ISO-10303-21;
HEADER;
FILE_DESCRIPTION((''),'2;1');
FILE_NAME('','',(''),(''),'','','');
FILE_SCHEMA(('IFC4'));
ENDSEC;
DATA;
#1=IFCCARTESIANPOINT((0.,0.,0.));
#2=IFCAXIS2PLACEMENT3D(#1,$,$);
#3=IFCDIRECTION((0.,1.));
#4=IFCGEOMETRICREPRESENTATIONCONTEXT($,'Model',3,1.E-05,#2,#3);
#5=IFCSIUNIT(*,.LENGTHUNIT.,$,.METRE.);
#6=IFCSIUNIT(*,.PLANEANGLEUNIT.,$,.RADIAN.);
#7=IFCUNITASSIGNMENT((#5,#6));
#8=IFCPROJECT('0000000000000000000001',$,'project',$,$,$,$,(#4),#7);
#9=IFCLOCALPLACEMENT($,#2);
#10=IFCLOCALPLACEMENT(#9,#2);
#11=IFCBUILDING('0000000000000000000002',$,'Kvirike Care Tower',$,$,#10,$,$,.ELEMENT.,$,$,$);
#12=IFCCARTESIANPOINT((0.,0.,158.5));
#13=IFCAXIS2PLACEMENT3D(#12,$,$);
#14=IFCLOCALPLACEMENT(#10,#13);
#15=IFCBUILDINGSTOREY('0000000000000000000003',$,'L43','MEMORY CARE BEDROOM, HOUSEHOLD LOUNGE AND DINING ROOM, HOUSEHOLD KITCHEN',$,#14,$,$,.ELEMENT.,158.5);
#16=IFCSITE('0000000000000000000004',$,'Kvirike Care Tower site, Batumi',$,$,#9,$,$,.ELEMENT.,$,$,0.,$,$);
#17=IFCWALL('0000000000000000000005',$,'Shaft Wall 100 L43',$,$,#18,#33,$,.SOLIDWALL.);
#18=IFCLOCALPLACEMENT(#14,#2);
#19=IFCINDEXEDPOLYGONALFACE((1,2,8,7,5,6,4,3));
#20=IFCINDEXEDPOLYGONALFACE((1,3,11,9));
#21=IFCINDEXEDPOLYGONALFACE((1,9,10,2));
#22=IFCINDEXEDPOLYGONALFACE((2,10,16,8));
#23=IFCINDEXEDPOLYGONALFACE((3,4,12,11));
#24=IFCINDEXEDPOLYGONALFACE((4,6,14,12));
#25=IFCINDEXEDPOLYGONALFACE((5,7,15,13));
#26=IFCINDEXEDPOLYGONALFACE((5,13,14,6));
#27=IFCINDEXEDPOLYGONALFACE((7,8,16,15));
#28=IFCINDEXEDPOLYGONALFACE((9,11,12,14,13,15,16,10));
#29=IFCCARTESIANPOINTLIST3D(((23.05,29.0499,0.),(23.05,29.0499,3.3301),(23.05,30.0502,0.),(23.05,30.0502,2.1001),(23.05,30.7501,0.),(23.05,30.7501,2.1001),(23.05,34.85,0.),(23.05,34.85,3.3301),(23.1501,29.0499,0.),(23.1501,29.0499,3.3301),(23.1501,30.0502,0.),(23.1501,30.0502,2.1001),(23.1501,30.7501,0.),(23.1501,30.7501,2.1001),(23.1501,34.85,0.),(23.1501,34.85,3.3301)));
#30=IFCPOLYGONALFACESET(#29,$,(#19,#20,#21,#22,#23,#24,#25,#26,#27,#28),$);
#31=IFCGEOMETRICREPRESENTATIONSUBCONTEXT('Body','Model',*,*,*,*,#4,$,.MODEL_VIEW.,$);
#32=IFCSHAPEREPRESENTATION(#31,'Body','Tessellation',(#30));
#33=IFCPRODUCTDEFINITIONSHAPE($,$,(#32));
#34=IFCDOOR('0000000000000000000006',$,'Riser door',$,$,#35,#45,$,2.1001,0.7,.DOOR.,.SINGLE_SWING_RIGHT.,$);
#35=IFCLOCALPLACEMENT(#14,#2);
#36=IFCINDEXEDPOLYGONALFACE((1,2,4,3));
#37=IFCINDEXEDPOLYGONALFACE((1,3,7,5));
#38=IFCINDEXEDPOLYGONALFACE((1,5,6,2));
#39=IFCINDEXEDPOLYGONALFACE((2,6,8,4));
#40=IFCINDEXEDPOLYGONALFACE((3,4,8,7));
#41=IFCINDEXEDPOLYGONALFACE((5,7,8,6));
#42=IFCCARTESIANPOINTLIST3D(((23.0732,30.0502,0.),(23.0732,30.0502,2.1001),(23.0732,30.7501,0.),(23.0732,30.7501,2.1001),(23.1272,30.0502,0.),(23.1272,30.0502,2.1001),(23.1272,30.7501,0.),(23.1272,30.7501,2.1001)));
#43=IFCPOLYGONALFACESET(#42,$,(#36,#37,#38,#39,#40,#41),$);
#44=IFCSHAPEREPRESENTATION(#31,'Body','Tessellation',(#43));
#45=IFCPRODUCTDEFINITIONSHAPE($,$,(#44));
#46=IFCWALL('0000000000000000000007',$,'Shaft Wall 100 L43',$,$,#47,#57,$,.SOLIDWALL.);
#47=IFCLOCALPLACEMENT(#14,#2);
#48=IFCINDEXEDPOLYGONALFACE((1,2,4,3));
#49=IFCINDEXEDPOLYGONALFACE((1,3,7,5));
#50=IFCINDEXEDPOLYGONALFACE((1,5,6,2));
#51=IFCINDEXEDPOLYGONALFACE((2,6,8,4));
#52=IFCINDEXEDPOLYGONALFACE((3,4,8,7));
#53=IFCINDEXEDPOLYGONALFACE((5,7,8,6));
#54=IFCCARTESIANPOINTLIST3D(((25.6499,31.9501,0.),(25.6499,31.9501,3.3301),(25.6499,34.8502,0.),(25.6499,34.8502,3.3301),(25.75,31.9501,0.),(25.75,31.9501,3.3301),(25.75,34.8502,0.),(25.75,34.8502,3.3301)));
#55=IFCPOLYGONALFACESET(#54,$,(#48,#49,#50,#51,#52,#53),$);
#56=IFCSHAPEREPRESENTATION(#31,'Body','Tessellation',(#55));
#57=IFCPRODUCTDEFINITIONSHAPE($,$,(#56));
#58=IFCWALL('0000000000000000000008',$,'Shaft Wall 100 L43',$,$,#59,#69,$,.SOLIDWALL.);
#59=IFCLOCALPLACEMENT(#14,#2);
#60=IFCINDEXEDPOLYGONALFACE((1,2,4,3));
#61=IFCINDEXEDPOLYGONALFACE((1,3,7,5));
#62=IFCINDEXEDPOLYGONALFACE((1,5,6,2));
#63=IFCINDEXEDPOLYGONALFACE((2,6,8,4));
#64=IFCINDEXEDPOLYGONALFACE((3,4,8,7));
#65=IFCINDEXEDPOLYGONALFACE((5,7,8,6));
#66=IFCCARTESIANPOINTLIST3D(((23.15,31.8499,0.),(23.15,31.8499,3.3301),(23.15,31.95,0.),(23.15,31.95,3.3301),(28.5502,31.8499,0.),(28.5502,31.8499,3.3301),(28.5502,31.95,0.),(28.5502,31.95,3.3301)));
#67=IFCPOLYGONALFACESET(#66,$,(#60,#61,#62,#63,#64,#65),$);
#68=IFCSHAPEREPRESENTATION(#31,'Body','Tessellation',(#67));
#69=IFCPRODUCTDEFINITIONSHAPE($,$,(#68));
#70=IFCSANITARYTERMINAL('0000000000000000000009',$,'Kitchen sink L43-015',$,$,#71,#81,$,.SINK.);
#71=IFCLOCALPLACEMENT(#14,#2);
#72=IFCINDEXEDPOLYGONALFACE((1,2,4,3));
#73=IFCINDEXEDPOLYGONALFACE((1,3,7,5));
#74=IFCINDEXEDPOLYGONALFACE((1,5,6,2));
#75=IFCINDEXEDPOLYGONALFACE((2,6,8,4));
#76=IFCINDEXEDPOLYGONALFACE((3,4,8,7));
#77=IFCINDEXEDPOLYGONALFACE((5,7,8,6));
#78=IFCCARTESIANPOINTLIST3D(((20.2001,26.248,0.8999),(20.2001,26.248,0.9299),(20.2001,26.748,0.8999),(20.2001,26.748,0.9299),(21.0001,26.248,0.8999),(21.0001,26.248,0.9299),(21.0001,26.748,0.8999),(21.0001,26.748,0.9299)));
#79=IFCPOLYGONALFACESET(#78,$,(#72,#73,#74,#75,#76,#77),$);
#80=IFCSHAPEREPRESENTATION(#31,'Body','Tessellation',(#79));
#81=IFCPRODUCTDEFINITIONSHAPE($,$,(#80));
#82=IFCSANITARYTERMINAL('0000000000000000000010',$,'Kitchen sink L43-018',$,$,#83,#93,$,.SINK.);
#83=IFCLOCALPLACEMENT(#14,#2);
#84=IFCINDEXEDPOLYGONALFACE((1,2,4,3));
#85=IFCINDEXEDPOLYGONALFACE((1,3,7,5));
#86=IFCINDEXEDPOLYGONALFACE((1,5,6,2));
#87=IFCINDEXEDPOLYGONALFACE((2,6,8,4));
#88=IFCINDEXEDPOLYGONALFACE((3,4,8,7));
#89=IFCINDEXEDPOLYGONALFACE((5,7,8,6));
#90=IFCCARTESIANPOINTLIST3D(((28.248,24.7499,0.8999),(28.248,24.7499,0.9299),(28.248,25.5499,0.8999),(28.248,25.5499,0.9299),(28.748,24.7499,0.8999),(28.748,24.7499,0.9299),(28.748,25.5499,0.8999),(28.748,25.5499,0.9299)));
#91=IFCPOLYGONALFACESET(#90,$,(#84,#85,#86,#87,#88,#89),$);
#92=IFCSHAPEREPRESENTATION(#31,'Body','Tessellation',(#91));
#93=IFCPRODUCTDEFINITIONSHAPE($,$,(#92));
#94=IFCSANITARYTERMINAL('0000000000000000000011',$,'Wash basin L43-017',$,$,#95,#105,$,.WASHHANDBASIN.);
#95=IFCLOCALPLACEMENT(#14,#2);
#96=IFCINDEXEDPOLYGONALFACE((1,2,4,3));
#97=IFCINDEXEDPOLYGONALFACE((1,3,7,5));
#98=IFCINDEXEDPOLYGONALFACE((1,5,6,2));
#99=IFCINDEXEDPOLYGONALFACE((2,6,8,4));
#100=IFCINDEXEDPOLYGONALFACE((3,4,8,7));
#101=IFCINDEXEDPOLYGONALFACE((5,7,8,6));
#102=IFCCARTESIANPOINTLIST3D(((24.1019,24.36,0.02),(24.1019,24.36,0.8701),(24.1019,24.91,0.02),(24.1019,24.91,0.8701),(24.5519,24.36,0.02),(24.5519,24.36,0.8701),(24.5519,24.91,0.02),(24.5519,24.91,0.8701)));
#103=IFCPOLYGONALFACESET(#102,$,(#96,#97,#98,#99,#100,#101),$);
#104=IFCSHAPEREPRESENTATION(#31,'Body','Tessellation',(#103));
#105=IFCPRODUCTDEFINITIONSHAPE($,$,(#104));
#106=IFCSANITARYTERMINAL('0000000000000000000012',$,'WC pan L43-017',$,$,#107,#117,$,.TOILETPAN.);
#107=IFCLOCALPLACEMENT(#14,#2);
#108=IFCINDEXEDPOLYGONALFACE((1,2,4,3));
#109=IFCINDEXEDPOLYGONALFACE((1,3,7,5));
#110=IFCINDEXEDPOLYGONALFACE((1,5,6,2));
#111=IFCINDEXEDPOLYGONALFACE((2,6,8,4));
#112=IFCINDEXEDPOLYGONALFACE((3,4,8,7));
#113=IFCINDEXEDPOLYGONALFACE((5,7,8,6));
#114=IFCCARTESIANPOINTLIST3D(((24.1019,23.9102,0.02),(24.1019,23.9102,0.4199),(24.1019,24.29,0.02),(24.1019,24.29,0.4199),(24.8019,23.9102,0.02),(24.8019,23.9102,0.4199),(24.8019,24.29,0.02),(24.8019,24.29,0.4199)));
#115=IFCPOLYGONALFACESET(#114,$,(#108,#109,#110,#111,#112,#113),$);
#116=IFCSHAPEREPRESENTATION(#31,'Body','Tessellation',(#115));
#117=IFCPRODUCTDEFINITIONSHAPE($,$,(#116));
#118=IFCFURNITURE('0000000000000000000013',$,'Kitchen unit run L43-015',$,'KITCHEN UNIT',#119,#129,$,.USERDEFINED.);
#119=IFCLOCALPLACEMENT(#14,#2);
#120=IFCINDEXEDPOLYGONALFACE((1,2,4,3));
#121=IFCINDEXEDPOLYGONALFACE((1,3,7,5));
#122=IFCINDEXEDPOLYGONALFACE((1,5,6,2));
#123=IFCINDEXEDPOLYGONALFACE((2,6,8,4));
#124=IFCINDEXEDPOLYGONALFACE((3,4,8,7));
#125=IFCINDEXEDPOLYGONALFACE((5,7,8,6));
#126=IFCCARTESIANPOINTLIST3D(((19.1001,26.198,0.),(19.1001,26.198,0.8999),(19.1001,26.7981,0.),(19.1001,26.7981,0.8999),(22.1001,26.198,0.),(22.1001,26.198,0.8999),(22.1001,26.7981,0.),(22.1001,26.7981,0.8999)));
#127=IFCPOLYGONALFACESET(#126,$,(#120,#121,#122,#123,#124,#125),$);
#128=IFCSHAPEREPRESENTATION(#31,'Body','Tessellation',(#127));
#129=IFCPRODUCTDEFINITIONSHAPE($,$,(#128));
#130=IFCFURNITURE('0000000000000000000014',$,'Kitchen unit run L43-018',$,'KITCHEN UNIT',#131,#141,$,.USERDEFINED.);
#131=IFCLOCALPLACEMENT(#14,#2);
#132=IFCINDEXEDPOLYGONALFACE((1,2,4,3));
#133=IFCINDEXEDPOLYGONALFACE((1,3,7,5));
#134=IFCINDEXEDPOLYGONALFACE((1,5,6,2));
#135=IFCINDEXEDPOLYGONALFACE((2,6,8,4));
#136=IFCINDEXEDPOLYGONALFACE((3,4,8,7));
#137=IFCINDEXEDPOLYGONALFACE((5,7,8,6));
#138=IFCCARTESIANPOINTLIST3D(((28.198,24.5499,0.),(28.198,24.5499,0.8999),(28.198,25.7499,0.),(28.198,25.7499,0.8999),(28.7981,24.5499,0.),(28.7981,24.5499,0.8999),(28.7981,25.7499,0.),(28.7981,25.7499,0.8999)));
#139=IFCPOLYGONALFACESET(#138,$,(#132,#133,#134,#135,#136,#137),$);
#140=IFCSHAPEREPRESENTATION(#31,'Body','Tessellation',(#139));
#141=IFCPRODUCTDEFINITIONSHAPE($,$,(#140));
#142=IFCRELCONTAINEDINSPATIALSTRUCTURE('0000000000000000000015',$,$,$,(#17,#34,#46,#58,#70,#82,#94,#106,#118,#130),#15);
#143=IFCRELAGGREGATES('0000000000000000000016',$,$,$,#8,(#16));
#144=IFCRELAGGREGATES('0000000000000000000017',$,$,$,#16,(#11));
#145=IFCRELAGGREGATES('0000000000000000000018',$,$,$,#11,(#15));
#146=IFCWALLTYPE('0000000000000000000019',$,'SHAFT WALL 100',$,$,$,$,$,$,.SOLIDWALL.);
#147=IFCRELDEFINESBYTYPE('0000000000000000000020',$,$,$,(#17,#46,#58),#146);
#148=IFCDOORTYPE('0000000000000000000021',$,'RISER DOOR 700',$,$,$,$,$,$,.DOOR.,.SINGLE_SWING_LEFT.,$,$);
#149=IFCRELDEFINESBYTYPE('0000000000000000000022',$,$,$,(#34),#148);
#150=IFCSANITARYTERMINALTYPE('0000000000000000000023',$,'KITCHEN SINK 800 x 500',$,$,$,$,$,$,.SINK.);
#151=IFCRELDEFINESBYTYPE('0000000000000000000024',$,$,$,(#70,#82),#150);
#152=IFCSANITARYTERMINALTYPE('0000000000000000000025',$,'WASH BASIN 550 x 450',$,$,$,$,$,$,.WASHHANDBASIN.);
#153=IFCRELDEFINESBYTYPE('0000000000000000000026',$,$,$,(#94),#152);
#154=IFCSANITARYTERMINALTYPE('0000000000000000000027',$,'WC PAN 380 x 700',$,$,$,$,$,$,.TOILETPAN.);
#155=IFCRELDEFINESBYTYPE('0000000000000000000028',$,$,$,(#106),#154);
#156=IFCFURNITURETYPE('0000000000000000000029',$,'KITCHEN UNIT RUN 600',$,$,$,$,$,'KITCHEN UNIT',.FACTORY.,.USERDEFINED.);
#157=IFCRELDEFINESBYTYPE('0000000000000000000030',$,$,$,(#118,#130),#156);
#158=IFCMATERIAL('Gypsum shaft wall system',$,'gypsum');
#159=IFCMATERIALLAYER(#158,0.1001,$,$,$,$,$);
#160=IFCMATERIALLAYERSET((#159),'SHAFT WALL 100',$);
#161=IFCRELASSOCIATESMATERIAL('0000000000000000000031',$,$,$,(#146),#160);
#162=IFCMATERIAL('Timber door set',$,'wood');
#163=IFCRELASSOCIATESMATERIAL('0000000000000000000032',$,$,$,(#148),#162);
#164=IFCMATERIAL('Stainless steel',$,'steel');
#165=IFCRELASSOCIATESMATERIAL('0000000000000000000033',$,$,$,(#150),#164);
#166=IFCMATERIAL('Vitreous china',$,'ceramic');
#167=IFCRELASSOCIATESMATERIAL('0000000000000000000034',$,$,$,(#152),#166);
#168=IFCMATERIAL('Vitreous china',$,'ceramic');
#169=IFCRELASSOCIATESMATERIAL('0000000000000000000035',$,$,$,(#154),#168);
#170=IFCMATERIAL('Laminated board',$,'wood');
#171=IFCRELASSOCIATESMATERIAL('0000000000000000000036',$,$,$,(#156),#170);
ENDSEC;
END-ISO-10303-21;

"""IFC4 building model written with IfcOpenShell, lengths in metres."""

from ifc_helpers import new_model, si_unit, direction, frame, frame_2d, origin, origin_2d, place, context, subcontext, project, spatial, rectangle, extrude, material, layer, layer_set, type_object, element, fill, save


model = new_model("IFC4")

# Units and contexts
model_context = context("Model", 3, precision=1e-05, world=origin(), true_north=direction((0.0, 1.0)))
body_context = subcontext(model_context, "Body", "Model", "MODEL_VIEW")
ifc_project = project(units=[si_unit("LENGTHUNIT", "METRE"), si_unit("PLANEANGLEUNIT", "RADIAN")], contexts=[model_context])

# Site, building, storey
site_placement = place(None, origin())
site = spatial("IfcSite", under=ifc_project, at=site_placement, Name="Kvirike Care Tower site, Batumi", CompositionType="ELEMENT", RefElevation=0.0)
building_placement = place(site_placement, origin())
building = spatial("IfcBuilding", under=site, at=building_placement, Name="Kvirike Care Tower", CompositionType="ELEMENT")
storey_placement = place(building_placement, frame((0.0, 0.0, 158.5)))
storey = spatial("IfcBuildingStorey", under=building, at=storey_placement, Name="L43", Description="MEMORY CARE BEDROOM, HOUSEHOLD LOUNGE AND DINING ROOM, HOUSEHOLD KITCHEN", CompositionType="ELEMENT", Elevation=158.5)

# Shared definitions
ifc_material_1 = material(Name="Gypsum shaft wall system", Category="gypsum")
ifc_layer_1 = layer(ifc_material_1, 0.1001)
ifc_layer_set_1 = layer_set([ifc_layer_1], Name="SHAFT WALL 100")
wall_type_1 = type_object("IfcWallType", Name="SHAFT WALL 100", PredefinedType="SOLIDWALL", material=ifc_layer_set_1)

# Wall, opening, door
wall_1_placement = place(storey_placement, frame((23.1001, 29.05, 0.0), z_axis=(0.0, 0.0, 1.0), x_axis=(0.0, 1.0, 0.0)))
wall_1 = element("IfcWall", 1, at=wall_1_placement, inside=storey, type_object=wall_type_1, Name="Shaft Wall 100 L43", PredefinedType="SOLIDWALL", context=body_context, shape_type="SweptSolid", body=[
    extrude(rectangle(XDim=5.8, YDim=0.1001, at=frame_2d((2.8999, 0.0))), origin(), (0.0, 0.0, 1.0), 3.3301),
])
opening_1_placement = place(wall_1_placement, frame((1.0, 0.0, 0.0)))
opening_1 = element("IfcOpeningElement", 2, at=opening_1_placement, cuts=wall_1, PredefinedType="OPENING", context=body_context, shape_type="SweptSolid", body=[
    extrude(rectangle(XDim=0.7, YDim=2.1001, at=frame_2d((0.3501, 1.05))), frame((0.0, 0.0605, 0.0), z_axis=(0.0, -1.0, 0.0), x_axis=(1.0, 0.0, 0.0)), (0.0, 0.0, 1.0), 0.1211),
])
ifc_material_2 = material(Name="Timber door set", Category="wood")
door_type_1 = type_object("IfcDoorType", Name="RISER DOOR 700", OperationType="SINGLE_SWING_LEFT", PredefinedType="DOOR", material=ifc_material_2)
door_1_placement = place(opening_1_placement, origin())
door_1 = element("IfcDoor", 3, at=door_1_placement, inside=storey, type_object=door_type_1, Name="Riser door", OperationType="SINGLE_SWING_RIGHT", OverallHeight=2.1001, OverallWidth=0.7, PredefinedType="DOOR", context=body_context, shape_type="SweptSolid", body=[
    extrude(rectangle(XDim=0.7, YDim=2.1001, at=frame_2d((0.3501, 1.05))), frame((0.0, 0.0269, 0.0), z_axis=(0.0, -1.0, 0.0), x_axis=(1.0, 0.0, 0.0)), (0.0, 0.0, 1.0), 0.054),
])
fill(opening_1, door_1)

# Walls
wall_2_placement = place(storey_placement, frame((25.7, 31.95, 0.0), z_axis=(0.0, 0.0, 1.0), x_axis=(0.0, 1.0, 0.0)))
element("IfcWall", 4, at=wall_2_placement, inside=storey, type_object=wall_type_1, Name="Shaft Wall 100 L43", PredefinedType="SOLIDWALL", context=body_context, shape_type="SweptSolid", body=[
    extrude(rectangle(XDim=2.9001, YDim=0.1001, at=frame_2d((1.4502, 0.0))), origin(), (0.0, 0.0, 1.0), 3.3301),
])
wall_3_placement = place(storey_placement, frame((23.1499, 31.8999, 0.0), z_axis=(0.0, 0.0, 1.0), x_axis=(1.0, 0.0, 0.0)))
element("IfcWall", 5, at=wall_3_placement, inside=storey, type_object=wall_type_1, Name="Shaft Wall 100 L43", PredefinedType="SOLIDWALL", context=body_context, shape_type="SweptSolid", body=[
    extrude(rectangle(XDim=5.4001, YDim=0.1001, at=frame_2d((2.7002, 0.0))), origin(), (0.0, 0.0, 1.0), 3.3301),
])

# Sanitary terminals
ifc_material_3 = material(Name="Stainless steel", Category="steel")
sanitary_terminal_type_1 = type_object("IfcSanitaryTerminalType", Name="KITCHEN SINK 800 x 500", PredefinedType="SINK", material=ifc_material_3)
for number, where, z_axis, x_axis, name in (
    (6, (20.6001, 26.498, 0.8999), (0.0, 0.0, 1.0), (1.0, 0.0, 0.0), "Kitchen sink L43-015"),
    (7, (28.498, 25.1499, 0.8999), (0.0, 0.0, 1.0), (0.0, -1.0, 0.0), "Kitchen sink L43-018"),
):
    element("IfcSanitaryTerminal", number, at=place(storey_placement, frame(where, z_axis=z_axis, x_axis=x_axis)), inside=storey, type_object=sanitary_terminal_type_1, Name=name, PredefinedType="SINK", context=body_context, shape_type="SweptSolid", body=[
        extrude(rectangle(XDim=0.8, YDim=0.5, at=origin_2d()), origin(), (0.0, 0.0, 1.0), 0.03),
    ])
ifc_material_4 = material(Name="Vitreous china", Category="ceramic")
sanitary_terminal_type_2 = type_object("IfcSanitaryTerminalType", Name="WASH BASIN 550 x 450", PredefinedType="WASHHANDBASIN", material=ifc_material_4)
sanitary_terminal_1_placement = place(storey_placement, frame((24.3269, 24.635, 0.02), z_axis=(0.0, 0.0, 1.0), x_axis=(0.0, 1.0, 0.0)))
element("IfcSanitaryTerminal", 8, at=sanitary_terminal_1_placement, inside=storey, type_object=sanitary_terminal_type_2, Name="Wash basin L43-017", PredefinedType="WASHHANDBASIN", context=body_context, shape_type="SweptSolid", body=[
    extrude(rectangle(XDim=0.55, YDim=0.45, at=origin_2d()), origin(), (0.0, 0.0, 1.0), 0.8501),
])
ifc_material_5 = material(Name="Vitreous china", Category="ceramic")
sanitary_terminal_type_3 = type_object("IfcSanitaryTerminalType", Name="WC PAN 380 x 700", PredefinedType="TOILETPAN", material=ifc_material_5)
sanitary_terminal_2_placement = place(storey_placement, frame((24.4519, 24.1001, 0.02), z_axis=(0.0, 0.0, 1.0), x_axis=(0.0, 1.0, 0.0)))
element("IfcSanitaryTerminal", 9, at=sanitary_terminal_2_placement, inside=storey, type_object=sanitary_terminal_type_3, Name="WC pan L43-017", PredefinedType="TOILETPAN", context=body_context, shape_type="SweptSolid", body=[
    extrude(rectangle(XDim=0.3799, YDim=0.7, at=origin_2d()), origin(), (0.0, 0.0, 1.0), 0.3999),
])

# Furniture
ifc_material_6 = material(Name="Laminated board", Category="wood")
furniture_type = type_object("IfcFurnitureType", Name="KITCHEN UNIT RUN 600", ElementType="KITCHEN UNIT", AssemblyPlace="FACTORY", PredefinedType="USERDEFINED", material=ifc_material_6)
furniture_1_placement = place(storey_placement, frame((20.6001, 26.498, 0.0), z_axis=(0.0, 0.0, 1.0), x_axis=(1.0, 0.0, 0.0)))
element("IfcFurniture", 10, at=furniture_1_placement, inside=storey, type_object=furniture_type, Name="Kitchen unit run L43-015", ObjectType="KITCHEN UNIT", PredefinedType="USERDEFINED", context=body_context, shape_type="SweptSolid", body=[
    extrude(rectangle(XDim=3.0, YDim=0.6001, at=origin_2d()), origin(), (0.0, 0.0, 1.0), 0.8999),
])
furniture_2_placement = place(storey_placement, frame((28.498, 25.1499, 0.0), z_axis=(0.0, 0.0, 1.0), x_axis=(0.0, -1.0, 0.0)))
element("IfcFurniture", 11, at=furniture_2_placement, inside=storey, type_object=furniture_type, Name="Kitchen unit run L43-018", ObjectType="KITCHEN UNIT", PredefinedType="USERDEFINED", context=body_context, shape_type="SweptSolid", body=[
    extrude(rectangle(XDim=1.2, YDim=0.6001, at=origin_2d()), origin(), (0.0, 0.0, 1.0), 0.8999),
])

save(model, "model.ifc")
